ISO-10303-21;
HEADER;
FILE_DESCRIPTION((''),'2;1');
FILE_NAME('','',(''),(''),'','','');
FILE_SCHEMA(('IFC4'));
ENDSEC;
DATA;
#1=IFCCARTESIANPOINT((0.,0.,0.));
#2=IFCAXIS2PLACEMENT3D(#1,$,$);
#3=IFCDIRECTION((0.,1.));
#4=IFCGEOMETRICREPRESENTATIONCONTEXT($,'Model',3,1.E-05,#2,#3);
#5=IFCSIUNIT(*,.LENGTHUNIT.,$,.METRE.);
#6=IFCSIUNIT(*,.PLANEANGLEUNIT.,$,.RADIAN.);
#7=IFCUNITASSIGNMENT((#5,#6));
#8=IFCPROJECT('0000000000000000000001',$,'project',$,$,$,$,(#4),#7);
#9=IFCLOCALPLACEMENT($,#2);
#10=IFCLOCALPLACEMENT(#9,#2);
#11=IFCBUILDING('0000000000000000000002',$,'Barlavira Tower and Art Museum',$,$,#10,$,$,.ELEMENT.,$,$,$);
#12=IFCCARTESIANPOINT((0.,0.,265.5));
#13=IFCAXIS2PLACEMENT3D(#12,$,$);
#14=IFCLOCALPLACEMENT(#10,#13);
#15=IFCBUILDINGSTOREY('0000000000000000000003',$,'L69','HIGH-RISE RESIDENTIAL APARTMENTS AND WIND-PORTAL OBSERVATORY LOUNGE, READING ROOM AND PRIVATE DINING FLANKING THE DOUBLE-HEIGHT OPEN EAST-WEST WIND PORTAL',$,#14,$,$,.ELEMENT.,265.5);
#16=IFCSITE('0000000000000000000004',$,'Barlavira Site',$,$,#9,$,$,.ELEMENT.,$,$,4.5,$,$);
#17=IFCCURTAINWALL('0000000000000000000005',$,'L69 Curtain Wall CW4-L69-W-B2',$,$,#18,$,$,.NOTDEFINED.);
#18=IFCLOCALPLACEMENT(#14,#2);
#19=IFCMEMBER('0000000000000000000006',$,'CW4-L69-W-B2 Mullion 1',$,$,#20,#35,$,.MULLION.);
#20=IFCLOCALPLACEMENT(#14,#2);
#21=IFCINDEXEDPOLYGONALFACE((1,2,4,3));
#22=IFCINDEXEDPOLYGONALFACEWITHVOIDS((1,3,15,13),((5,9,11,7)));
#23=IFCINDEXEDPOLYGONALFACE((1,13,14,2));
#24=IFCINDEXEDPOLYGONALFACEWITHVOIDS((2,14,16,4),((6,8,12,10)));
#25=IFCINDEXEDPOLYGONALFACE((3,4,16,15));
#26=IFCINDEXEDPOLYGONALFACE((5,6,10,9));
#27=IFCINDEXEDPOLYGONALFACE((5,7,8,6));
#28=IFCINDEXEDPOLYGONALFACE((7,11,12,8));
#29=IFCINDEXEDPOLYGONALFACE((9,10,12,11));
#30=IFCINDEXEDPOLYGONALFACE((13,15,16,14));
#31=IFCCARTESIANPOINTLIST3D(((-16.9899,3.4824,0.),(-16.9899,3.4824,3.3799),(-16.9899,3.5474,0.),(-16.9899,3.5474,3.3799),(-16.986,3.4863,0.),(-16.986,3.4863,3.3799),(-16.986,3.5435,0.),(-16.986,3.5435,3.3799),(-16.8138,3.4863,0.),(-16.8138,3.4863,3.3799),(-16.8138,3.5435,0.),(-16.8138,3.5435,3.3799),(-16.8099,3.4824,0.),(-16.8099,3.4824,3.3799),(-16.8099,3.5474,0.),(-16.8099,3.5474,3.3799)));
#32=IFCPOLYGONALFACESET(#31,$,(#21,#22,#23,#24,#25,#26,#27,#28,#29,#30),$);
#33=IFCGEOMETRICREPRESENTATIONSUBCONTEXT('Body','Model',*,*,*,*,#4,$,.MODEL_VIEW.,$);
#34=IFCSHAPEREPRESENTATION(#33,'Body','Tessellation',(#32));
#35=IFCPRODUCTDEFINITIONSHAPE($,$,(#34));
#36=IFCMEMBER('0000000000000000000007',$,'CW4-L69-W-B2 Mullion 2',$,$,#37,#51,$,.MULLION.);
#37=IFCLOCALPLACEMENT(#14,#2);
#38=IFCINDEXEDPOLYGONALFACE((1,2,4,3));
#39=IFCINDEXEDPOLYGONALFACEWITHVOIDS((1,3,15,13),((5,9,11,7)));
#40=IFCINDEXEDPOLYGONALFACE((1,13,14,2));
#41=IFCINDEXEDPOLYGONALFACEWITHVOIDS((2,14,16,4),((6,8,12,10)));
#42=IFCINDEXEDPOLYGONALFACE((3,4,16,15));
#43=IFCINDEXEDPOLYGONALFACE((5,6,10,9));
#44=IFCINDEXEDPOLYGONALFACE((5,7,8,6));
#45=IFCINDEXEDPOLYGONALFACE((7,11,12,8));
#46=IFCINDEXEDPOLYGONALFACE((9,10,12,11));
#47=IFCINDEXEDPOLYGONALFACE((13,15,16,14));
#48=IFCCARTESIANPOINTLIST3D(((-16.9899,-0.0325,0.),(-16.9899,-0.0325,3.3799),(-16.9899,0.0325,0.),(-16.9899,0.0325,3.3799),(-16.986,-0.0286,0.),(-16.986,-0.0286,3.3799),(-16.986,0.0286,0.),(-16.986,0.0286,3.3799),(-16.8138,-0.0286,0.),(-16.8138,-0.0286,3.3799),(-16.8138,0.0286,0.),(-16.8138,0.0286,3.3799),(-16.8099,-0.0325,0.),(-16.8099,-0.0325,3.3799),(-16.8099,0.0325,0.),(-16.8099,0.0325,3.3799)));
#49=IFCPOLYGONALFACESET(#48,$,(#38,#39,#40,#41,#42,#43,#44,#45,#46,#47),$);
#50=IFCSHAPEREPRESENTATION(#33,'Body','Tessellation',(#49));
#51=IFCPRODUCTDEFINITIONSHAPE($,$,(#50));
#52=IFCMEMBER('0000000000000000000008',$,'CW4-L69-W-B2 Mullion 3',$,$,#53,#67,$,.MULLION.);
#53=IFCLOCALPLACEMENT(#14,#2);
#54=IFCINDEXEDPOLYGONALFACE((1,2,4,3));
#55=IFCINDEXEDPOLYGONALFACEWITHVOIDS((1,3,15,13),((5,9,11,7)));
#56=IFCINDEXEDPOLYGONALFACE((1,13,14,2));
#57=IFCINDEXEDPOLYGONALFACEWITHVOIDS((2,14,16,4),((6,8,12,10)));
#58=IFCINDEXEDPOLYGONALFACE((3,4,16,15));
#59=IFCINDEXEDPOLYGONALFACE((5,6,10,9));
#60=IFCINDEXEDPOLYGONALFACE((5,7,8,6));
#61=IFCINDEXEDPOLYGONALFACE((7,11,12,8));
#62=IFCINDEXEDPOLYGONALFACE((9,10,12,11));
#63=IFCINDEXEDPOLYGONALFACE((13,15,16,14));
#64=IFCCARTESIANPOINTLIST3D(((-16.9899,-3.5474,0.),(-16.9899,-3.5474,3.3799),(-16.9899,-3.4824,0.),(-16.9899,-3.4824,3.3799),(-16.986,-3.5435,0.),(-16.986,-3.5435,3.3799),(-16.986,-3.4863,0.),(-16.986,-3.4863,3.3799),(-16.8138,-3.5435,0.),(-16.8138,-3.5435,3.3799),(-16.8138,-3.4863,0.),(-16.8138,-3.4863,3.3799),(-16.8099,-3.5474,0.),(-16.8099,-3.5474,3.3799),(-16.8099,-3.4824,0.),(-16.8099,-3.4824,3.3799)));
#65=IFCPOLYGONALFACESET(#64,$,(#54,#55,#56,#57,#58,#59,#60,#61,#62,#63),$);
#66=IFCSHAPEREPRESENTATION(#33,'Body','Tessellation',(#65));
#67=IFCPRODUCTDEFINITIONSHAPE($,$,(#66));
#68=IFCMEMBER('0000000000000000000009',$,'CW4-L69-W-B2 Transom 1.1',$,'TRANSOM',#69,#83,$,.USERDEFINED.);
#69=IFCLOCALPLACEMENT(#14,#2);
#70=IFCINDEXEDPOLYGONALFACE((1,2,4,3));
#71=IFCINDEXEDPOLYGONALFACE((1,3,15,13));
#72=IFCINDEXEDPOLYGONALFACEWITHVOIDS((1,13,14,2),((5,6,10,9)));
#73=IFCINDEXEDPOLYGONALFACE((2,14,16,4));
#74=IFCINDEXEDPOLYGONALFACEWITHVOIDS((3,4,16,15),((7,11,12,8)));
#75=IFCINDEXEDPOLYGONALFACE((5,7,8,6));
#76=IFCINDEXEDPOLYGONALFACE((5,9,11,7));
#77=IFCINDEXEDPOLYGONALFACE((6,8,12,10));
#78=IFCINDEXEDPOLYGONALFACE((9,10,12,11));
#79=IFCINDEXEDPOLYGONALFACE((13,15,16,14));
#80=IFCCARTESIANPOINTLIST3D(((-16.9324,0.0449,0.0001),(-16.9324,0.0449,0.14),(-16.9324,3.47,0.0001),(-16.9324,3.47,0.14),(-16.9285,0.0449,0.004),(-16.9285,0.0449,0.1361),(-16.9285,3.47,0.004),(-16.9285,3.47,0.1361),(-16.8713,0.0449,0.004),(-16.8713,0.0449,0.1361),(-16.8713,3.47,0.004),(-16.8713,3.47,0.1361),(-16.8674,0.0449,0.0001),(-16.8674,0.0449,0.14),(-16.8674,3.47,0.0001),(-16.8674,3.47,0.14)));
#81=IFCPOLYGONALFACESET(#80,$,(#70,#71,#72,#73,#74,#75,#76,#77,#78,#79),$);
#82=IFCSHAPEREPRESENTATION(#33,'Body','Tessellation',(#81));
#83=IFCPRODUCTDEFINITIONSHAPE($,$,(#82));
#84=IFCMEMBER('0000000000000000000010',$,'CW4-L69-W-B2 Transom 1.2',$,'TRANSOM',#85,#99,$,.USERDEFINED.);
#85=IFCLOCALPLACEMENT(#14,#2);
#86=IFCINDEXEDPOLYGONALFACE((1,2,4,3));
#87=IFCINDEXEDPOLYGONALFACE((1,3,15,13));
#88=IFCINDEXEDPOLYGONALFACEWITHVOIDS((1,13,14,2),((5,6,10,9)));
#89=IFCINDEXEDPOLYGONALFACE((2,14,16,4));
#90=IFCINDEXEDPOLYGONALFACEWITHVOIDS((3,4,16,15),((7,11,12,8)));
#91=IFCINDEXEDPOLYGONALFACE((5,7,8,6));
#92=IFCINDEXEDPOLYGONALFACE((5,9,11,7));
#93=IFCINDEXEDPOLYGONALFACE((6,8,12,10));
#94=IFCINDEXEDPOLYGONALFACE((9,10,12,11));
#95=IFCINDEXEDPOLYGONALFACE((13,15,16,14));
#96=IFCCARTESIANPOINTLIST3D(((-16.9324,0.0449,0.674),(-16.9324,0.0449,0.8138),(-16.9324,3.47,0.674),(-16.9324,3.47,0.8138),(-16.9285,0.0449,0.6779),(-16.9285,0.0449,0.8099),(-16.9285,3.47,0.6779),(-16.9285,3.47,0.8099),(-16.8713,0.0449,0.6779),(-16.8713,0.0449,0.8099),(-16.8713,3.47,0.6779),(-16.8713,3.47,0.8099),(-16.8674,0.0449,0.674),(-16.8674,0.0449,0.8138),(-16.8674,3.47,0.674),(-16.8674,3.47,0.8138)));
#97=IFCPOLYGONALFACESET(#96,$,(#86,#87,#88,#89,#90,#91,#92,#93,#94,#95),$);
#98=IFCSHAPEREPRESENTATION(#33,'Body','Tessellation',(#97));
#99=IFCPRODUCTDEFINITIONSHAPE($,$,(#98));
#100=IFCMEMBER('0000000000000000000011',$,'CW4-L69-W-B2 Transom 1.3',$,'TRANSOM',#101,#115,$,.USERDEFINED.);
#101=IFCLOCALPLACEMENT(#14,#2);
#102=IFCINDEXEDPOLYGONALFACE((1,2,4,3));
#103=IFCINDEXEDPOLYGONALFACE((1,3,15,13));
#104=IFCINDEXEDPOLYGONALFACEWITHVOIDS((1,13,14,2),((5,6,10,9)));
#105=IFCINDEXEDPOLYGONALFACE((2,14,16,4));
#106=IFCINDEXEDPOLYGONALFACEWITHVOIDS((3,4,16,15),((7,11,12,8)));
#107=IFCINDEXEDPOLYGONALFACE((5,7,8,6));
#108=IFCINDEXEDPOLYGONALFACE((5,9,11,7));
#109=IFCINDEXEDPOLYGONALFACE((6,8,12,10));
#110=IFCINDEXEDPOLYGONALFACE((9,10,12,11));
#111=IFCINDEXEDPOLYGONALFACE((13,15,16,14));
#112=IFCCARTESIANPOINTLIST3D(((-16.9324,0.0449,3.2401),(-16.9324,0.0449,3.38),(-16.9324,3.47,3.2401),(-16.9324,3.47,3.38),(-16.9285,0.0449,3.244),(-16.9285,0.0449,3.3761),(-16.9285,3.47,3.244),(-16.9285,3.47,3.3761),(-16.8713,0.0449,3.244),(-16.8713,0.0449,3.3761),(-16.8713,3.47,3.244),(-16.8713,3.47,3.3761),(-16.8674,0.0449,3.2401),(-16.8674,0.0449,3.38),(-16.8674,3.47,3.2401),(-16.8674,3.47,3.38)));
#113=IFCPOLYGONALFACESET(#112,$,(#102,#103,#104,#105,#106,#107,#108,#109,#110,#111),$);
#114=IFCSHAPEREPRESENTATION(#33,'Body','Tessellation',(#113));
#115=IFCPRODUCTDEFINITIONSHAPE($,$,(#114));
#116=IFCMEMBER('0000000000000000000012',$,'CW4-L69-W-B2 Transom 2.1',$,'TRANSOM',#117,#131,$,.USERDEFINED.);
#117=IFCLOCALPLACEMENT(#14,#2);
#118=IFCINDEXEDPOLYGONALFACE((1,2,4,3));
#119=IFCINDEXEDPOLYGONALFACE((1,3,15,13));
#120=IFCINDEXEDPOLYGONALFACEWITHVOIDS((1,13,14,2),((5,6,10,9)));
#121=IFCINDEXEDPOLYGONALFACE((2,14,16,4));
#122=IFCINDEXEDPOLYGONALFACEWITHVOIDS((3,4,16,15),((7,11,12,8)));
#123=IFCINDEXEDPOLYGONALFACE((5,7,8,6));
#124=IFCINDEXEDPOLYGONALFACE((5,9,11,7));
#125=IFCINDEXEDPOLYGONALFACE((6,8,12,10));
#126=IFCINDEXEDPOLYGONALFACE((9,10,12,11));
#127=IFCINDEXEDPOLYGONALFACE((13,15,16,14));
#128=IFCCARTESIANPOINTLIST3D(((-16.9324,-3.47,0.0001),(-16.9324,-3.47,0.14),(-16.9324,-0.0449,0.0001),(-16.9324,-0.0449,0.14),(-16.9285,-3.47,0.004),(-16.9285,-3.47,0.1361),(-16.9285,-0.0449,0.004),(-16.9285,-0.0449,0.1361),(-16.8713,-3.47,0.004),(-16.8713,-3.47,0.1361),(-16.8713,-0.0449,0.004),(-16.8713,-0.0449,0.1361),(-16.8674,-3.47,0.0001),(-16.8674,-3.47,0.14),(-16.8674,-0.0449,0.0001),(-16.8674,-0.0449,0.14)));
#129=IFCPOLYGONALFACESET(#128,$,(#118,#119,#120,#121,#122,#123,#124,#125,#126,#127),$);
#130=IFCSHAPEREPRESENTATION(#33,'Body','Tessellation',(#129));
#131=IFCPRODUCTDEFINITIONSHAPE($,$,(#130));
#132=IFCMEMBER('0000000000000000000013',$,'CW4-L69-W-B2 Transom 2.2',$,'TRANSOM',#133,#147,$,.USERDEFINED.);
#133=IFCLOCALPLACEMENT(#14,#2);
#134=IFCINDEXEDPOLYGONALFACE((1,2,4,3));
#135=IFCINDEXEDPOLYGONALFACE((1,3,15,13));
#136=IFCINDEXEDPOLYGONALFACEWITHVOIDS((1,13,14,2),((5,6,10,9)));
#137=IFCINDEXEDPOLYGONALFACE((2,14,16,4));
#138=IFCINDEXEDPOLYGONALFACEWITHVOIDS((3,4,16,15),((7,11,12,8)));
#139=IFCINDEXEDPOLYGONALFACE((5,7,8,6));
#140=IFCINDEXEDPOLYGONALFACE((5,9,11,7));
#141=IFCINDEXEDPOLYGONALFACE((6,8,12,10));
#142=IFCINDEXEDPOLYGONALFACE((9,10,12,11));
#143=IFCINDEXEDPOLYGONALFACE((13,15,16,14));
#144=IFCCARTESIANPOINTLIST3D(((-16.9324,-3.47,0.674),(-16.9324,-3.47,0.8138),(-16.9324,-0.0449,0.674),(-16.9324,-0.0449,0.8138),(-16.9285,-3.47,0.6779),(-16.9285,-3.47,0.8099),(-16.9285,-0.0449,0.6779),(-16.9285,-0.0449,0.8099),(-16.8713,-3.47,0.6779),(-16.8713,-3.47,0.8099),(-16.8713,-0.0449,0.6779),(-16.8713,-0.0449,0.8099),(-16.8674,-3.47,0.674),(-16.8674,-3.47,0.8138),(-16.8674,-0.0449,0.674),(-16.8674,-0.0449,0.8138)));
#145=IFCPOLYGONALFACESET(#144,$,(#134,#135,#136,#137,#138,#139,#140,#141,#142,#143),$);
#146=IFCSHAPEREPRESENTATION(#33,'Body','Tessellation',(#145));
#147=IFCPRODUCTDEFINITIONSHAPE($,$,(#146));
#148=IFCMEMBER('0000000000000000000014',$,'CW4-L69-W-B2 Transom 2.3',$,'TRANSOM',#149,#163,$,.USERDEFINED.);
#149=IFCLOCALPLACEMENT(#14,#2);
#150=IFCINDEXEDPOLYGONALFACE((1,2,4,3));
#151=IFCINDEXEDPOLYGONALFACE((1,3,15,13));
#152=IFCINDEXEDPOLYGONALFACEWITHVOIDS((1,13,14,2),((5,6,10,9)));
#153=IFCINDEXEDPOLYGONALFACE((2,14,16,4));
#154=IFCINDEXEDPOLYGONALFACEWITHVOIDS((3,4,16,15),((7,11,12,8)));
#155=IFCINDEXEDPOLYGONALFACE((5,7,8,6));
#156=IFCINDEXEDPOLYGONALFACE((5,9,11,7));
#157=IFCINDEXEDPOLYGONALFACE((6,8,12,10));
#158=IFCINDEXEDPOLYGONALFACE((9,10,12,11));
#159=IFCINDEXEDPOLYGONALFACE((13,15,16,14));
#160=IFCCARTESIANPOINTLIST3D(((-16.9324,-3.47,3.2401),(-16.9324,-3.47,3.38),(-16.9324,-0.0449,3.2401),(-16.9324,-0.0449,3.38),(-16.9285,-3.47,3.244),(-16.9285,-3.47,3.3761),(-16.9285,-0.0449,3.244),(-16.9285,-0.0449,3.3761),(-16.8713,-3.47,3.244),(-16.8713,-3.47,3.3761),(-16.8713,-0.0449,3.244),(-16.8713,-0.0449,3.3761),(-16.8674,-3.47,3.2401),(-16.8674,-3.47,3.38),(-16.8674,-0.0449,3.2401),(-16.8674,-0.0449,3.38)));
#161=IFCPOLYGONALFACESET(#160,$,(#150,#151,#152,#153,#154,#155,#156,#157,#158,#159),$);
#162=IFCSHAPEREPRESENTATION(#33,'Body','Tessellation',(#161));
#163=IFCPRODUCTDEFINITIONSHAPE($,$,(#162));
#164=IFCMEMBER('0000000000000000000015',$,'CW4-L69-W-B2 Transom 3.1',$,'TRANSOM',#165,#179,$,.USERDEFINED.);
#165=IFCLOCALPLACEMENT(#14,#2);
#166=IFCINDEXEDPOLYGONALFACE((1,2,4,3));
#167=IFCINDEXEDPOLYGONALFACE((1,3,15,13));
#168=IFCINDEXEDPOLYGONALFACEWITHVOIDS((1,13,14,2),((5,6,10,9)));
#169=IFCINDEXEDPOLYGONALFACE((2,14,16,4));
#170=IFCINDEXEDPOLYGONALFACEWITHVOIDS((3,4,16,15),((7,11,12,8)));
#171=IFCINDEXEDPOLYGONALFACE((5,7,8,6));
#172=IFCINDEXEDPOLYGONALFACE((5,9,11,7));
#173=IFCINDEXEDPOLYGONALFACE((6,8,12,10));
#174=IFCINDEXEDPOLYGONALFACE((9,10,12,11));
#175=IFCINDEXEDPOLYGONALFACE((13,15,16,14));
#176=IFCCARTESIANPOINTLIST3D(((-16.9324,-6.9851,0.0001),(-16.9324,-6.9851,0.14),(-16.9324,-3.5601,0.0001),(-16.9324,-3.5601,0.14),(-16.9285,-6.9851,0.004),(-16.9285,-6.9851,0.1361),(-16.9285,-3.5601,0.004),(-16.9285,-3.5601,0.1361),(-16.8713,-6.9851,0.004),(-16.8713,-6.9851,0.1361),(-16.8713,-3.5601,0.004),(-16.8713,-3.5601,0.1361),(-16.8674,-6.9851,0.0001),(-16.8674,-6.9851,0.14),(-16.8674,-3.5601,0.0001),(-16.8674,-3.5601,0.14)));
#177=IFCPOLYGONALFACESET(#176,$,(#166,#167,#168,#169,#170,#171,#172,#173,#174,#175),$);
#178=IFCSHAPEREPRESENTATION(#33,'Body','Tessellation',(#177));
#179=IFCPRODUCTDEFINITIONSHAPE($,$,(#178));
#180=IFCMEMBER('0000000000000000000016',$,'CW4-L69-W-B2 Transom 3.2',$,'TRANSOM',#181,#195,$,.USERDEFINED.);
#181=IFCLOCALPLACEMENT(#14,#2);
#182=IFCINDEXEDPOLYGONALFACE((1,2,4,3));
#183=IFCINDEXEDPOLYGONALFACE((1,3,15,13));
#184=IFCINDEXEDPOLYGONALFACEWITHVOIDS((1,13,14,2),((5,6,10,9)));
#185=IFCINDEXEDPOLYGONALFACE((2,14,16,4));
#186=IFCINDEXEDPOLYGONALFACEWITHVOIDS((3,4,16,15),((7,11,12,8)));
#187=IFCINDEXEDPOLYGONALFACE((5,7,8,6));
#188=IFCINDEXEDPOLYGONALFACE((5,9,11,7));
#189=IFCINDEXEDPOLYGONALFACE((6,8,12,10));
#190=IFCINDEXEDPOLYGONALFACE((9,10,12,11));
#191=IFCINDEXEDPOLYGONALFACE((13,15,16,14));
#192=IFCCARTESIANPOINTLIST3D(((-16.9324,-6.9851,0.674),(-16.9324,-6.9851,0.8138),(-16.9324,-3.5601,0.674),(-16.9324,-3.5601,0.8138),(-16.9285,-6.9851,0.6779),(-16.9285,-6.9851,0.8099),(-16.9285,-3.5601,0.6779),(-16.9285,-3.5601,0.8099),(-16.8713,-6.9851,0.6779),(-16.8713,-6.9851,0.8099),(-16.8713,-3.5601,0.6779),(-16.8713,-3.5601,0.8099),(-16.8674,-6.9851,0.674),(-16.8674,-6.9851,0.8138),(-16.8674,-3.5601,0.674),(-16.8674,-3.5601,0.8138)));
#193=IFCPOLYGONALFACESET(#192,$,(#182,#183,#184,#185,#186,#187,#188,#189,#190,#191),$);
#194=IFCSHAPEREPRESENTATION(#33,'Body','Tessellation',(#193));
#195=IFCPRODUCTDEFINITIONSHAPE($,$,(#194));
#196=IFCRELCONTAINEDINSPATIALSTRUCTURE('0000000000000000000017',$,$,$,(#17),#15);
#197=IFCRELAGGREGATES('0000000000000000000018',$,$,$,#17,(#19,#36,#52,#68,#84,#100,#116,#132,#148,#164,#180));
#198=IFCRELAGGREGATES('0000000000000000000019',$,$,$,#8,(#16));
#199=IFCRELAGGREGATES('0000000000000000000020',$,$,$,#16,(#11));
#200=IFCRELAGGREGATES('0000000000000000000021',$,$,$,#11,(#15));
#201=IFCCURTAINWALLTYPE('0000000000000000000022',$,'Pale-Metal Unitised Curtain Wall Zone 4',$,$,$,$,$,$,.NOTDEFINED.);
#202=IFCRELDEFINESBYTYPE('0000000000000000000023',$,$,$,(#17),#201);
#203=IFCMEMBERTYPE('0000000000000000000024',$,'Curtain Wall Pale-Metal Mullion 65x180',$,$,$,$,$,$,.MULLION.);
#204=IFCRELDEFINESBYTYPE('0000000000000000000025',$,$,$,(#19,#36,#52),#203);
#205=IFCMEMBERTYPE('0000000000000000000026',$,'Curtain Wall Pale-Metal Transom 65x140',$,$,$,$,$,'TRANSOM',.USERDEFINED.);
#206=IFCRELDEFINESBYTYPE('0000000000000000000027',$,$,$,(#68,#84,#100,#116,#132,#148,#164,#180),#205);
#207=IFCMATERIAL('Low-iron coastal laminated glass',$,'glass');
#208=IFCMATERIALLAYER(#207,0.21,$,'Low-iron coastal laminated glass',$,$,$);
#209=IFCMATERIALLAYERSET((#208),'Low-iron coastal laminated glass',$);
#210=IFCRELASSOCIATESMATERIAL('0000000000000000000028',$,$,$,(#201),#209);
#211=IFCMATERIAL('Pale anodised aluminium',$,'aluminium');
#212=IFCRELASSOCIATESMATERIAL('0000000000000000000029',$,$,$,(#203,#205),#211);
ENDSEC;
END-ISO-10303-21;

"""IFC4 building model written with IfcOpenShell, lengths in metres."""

from ifc_helpers import new_model, si_unit, direction, frame, origin, origin_2d, place, context, subcontext, project, spatial, hollow_rectangle, extrude, material, layer, layer_set, material_profile, profile_set, type_object, element, aggregate, save


model = new_model("IFC4")

# Units and contexts
model_context = context("Model", 3, precision=1e-05, world=origin(), true_north=direction((0.0, 1.0)))
body_context = subcontext(model_context, "Body", "Model", "MODEL_VIEW")
ifc_project = project(units=[si_unit("LENGTHUNIT", "METRE"), si_unit("PLANEANGLEUNIT", "RADIAN")], contexts=[model_context])

# Site, building, storey
site_placement = place(None, origin())
site = spatial("IfcSite", under=ifc_project, at=site_placement, Name="Barlavira Site", CompositionType="ELEMENT", RefElevation=4.5)
building_placement = place(site_placement, origin())
building = spatial("IfcBuilding", under=site, at=building_placement, Name="Barlavira Tower and Art Museum", CompositionType="ELEMENT")
storey_placement = place(building_placement, frame((0.0, 0.0, 265.5)))
storey = spatial("IfcBuildingStorey", under=building, at=storey_placement, Name="L69", Description="HIGH-RISE RESIDENTIAL APARTMENTS AND WIND-PORTAL OBSERVATORY LOUNGE, READING ROOM AND PRIVATE DINING FLANKING THE DOUBLE-HEIGHT OPEN EAST-WEST WIND PORTAL", CompositionType="ELEMENT", Elevation=265.5)

# Curtain wall, members
ifc_material_1 = material(Name="Low-iron coastal laminated glass", Category="glass")
ifc_layer_1 = layer(ifc_material_1, 0.21, Name="Low-iron coastal laminated glass")
ifc_layer_set_1 = layer_set([ifc_layer_1], Name="Low-iron coastal laminated glass")
curtain_wall_type = type_object("IfcCurtainWallType", Name="Pale-Metal Unitised Curtain Wall Zone 4", PredefinedType="NOTDEFINED", material=ifc_layer_set_1)
curtain_wall_placement = place(storey_placement, origin())
curtain_wall = element("IfcCurtainWall", 1, at=curtain_wall_placement, inside=storey, type_object=curtain_wall_type, Name="L69 Curtain Wall CW4-L69-W-B2", PredefinedType="NOTDEFINED")
ifc_material_2 = material(Name="Pale anodised aluminium", Category="aluminium")
ifc_material_profile_1 = material_profile(ifc_material_2, hollow_rectangle(XDim=0.0649, YDim=0.1799, WallThickness=0.0039, at=origin_2d()), Name="ALU-MULL 65x180x4")
ifc_profile_set_1 = profile_set([ifc_material_profile_1], Name="Pale anodised aluminium")
member_type_1 = type_object("IfcMemberType", Name="Curtain Wall Pale-Metal Mullion 65x180", PredefinedType="MULLION", material=ifc_profile_set_1)
member_1_placement = place(storey_placement, frame((-16.8999, 3.5149, 0.0), z_axis=(0.0, 0.0, 1.0), x_axis=(0.0, -1.0, 0.0)))
member_1 = element("IfcMember", 2, at=member_1_placement, type_object=member_type_1, Name="CW4-L69-W-B2 Mullion 1", PredefinedType="MULLION", context=body_context, shape_type="SweptSolid", body=[
    extrude(hollow_rectangle(XDim=0.0649, YDim=0.1799, WallThickness=0.0039, at=origin_2d()), origin(), (0.0, 0.0, 1.0), 3.3799),
])
member_2_placement = place(storey_placement, frame((-16.8999, 0.0, 0.0), z_axis=(0.0, 0.0, 1.0), x_axis=(0.0, -1.0, 0.0)))
member_2 = element("IfcMember", 3, at=member_2_placement, type_object=member_type_1, Name="CW4-L69-W-B2 Mullion 2", PredefinedType="MULLION", context=body_context, shape_type="SweptSolid", body=[
    extrude(hollow_rectangle(XDim=0.0649, YDim=0.1799, WallThickness=0.0039, at=origin_2d()), origin(), (0.0, 0.0, 1.0), 3.3799),
])
member_3_placement = place(storey_placement, frame((-16.8999, -3.5149, 0.0), z_axis=(0.0, 0.0, 1.0), x_axis=(0.0, -1.0, 0.0)))
member_3 = element("IfcMember", 4, at=member_3_placement, type_object=member_type_1, Name="CW4-L69-W-B2 Mullion 3", PredefinedType="MULLION", context=body_context, shape_type="SweptSolid", body=[
    extrude(hollow_rectangle(XDim=0.0649, YDim=0.1799, WallThickness=0.0039, at=origin_2d()), origin(), (0.0, 0.0, 1.0), 3.3799),
])
ifc_material_profile_2 = material_profile(ifc_material_2, hollow_rectangle(XDim=0.0649, YDim=0.1399, WallThickness=0.0039, at=origin_2d()), Name="ALU-TRAN 65x140x4")
ifc_profile_set_2 = profile_set([ifc_material_profile_2], Name="Pale anodised aluminium")
member_type_2 = type_object("IfcMemberType", Name="Curtain Wall Pale-Metal Transom 65x140", ElementType="TRANSOM", PredefinedType="USERDEFINED", material=ifc_profile_set_2)
member_4_placement = place(storey_placement, frame((-16.8999, 3.47, 0.0701), z_axis=(0.0, -1.0, 0.0), x_axis=(1.0, 0.0, 0.0)))
member_4 = element("IfcMember", 5, at=member_4_placement, type_object=member_type_2, Name="CW4-L69-W-B2 Transom 1.1", ObjectType="TRANSOM", PredefinedType="USERDEFINED", context=body_context, shape_type="SweptSolid", body=[
    extrude(hollow_rectangle(XDim=0.0649, YDim=0.1399, WallThickness=0.0039, at=origin_2d()), origin(), (0.0, 0.0, 1.0), 3.425),
])
member_5_placement = place(storey_placement, frame((-16.8999, 3.47, 0.7439), z_axis=(0.0, -1.0, 0.0), x_axis=(1.0, 0.0, 0.0)))
member_5 = element("IfcMember", 6, at=member_5_placement, type_object=member_type_2, Name="CW4-L69-W-B2 Transom 1.2", ObjectType="TRANSOM", PredefinedType="USERDEFINED", context=body_context, shape_type="SweptSolid", body=[
    extrude(hollow_rectangle(XDim=0.0649, YDim=0.1399, WallThickness=0.0039, at=origin_2d()), origin(), (0.0, 0.0, 1.0), 3.425),
])
member_6_placement = place(storey_placement, frame((-16.8999, 3.47, 3.3101), z_axis=(0.0, -1.0, 0.0), x_axis=(1.0, 0.0, 0.0)))
member_6 = element("IfcMember", 7, at=member_6_placement, type_object=member_type_2, Name="CW4-L69-W-B2 Transom 1.3", ObjectType="TRANSOM", PredefinedType="USERDEFINED", context=body_context, shape_type="SweptSolid", body=[
    extrude(hollow_rectangle(XDim=0.0649, YDim=0.1399, WallThickness=0.0039, at=origin_2d()), origin(), (0.0, 0.0, 1.0), 3.425),
])
member_7_placement = place(storey_placement, frame((-16.8999, -0.0449, 0.0701), z_axis=(0.0, -1.0, 0.0), x_axis=(1.0, 0.0, 0.0)))
member_7 = element("IfcMember", 8, at=member_7_placement, type_object=member_type_2, Name="CW4-L69-W-B2 Transom 2.1", ObjectType="TRANSOM", PredefinedType="USERDEFINED", context=body_context, shape_type="SweptSolid", body=[
    extrude(hollow_rectangle(XDim=0.0649, YDim=0.1399, WallThickness=0.0039, at=origin_2d()), origin(), (0.0, 0.0, 1.0), 3.425),
])
member_8_placement = place(storey_placement, frame((-16.8999, -0.0449, 0.7439), z_axis=(0.0, -1.0, 0.0), x_axis=(1.0, 0.0, 0.0)))
member_8 = element("IfcMember", 9, at=member_8_placement, type_object=member_type_2, Name="CW4-L69-W-B2 Transom 2.2", ObjectType="TRANSOM", PredefinedType="USERDEFINED", context=body_context, shape_type="SweptSolid", body=[
    extrude(hollow_rectangle(XDim=0.0649, YDim=0.1399, WallThickness=0.0039, at=origin_2d()), origin(), (0.0, 0.0, 1.0), 3.425),
])
member_9_placement = place(storey_placement, frame((-16.8999, -0.0449, 3.3101), z_axis=(0.0, -1.0, 0.0), x_axis=(1.0, 0.0, 0.0)))
member_9 = element("IfcMember", 10, at=member_9_placement, type_object=member_type_2, Name="CW4-L69-W-B2 Transom 2.3", ObjectType="TRANSOM", PredefinedType="USERDEFINED", context=body_context, shape_type="SweptSolid", body=[
    extrude(hollow_rectangle(XDim=0.0649, YDim=0.1399, WallThickness=0.0039, at=origin_2d()), origin(), (0.0, 0.0, 1.0), 3.425),
])
member_10_placement = place(storey_placement, frame((-16.8999, -3.5601, 0.0701), z_axis=(0.0, -1.0, 0.0), x_axis=(1.0, 0.0, 0.0)))
member_10 = element("IfcMember", 11, at=member_10_placement, type_object=member_type_2, Name="CW4-L69-W-B2 Transom 3.1", ObjectType="TRANSOM", PredefinedType="USERDEFINED", context=body_context, shape_type="SweptSolid", body=[
    extrude(hollow_rectangle(XDim=0.0649, YDim=0.1399, WallThickness=0.0039, at=origin_2d()), origin(), (0.0, 0.0, 1.0), 3.425),
])
member_11_placement = place(storey_placement, frame((-16.8999, -3.5601, 0.7439), z_axis=(0.0, -1.0, 0.0), x_axis=(1.0, 0.0, 0.0)))
member_11 = element("IfcMember", 12, at=member_11_placement, type_object=member_type_2, Name="CW4-L69-W-B2 Transom 3.2", ObjectType="TRANSOM", PredefinedType="USERDEFINED", context=body_context, shape_type="SweptSolid", body=[
    extrude(hollow_rectangle(XDim=0.0649, YDim=0.1399, WallThickness=0.0039, at=origin_2d()), origin(), (0.0, 0.0, 1.0), 3.425),
])
aggregate(curtain_wall, [member_1, member_2, member_3, member_4, member_5, member_6, member_7, member_8, member_9, member_10, member_11])

save(model, "model.ifc")
